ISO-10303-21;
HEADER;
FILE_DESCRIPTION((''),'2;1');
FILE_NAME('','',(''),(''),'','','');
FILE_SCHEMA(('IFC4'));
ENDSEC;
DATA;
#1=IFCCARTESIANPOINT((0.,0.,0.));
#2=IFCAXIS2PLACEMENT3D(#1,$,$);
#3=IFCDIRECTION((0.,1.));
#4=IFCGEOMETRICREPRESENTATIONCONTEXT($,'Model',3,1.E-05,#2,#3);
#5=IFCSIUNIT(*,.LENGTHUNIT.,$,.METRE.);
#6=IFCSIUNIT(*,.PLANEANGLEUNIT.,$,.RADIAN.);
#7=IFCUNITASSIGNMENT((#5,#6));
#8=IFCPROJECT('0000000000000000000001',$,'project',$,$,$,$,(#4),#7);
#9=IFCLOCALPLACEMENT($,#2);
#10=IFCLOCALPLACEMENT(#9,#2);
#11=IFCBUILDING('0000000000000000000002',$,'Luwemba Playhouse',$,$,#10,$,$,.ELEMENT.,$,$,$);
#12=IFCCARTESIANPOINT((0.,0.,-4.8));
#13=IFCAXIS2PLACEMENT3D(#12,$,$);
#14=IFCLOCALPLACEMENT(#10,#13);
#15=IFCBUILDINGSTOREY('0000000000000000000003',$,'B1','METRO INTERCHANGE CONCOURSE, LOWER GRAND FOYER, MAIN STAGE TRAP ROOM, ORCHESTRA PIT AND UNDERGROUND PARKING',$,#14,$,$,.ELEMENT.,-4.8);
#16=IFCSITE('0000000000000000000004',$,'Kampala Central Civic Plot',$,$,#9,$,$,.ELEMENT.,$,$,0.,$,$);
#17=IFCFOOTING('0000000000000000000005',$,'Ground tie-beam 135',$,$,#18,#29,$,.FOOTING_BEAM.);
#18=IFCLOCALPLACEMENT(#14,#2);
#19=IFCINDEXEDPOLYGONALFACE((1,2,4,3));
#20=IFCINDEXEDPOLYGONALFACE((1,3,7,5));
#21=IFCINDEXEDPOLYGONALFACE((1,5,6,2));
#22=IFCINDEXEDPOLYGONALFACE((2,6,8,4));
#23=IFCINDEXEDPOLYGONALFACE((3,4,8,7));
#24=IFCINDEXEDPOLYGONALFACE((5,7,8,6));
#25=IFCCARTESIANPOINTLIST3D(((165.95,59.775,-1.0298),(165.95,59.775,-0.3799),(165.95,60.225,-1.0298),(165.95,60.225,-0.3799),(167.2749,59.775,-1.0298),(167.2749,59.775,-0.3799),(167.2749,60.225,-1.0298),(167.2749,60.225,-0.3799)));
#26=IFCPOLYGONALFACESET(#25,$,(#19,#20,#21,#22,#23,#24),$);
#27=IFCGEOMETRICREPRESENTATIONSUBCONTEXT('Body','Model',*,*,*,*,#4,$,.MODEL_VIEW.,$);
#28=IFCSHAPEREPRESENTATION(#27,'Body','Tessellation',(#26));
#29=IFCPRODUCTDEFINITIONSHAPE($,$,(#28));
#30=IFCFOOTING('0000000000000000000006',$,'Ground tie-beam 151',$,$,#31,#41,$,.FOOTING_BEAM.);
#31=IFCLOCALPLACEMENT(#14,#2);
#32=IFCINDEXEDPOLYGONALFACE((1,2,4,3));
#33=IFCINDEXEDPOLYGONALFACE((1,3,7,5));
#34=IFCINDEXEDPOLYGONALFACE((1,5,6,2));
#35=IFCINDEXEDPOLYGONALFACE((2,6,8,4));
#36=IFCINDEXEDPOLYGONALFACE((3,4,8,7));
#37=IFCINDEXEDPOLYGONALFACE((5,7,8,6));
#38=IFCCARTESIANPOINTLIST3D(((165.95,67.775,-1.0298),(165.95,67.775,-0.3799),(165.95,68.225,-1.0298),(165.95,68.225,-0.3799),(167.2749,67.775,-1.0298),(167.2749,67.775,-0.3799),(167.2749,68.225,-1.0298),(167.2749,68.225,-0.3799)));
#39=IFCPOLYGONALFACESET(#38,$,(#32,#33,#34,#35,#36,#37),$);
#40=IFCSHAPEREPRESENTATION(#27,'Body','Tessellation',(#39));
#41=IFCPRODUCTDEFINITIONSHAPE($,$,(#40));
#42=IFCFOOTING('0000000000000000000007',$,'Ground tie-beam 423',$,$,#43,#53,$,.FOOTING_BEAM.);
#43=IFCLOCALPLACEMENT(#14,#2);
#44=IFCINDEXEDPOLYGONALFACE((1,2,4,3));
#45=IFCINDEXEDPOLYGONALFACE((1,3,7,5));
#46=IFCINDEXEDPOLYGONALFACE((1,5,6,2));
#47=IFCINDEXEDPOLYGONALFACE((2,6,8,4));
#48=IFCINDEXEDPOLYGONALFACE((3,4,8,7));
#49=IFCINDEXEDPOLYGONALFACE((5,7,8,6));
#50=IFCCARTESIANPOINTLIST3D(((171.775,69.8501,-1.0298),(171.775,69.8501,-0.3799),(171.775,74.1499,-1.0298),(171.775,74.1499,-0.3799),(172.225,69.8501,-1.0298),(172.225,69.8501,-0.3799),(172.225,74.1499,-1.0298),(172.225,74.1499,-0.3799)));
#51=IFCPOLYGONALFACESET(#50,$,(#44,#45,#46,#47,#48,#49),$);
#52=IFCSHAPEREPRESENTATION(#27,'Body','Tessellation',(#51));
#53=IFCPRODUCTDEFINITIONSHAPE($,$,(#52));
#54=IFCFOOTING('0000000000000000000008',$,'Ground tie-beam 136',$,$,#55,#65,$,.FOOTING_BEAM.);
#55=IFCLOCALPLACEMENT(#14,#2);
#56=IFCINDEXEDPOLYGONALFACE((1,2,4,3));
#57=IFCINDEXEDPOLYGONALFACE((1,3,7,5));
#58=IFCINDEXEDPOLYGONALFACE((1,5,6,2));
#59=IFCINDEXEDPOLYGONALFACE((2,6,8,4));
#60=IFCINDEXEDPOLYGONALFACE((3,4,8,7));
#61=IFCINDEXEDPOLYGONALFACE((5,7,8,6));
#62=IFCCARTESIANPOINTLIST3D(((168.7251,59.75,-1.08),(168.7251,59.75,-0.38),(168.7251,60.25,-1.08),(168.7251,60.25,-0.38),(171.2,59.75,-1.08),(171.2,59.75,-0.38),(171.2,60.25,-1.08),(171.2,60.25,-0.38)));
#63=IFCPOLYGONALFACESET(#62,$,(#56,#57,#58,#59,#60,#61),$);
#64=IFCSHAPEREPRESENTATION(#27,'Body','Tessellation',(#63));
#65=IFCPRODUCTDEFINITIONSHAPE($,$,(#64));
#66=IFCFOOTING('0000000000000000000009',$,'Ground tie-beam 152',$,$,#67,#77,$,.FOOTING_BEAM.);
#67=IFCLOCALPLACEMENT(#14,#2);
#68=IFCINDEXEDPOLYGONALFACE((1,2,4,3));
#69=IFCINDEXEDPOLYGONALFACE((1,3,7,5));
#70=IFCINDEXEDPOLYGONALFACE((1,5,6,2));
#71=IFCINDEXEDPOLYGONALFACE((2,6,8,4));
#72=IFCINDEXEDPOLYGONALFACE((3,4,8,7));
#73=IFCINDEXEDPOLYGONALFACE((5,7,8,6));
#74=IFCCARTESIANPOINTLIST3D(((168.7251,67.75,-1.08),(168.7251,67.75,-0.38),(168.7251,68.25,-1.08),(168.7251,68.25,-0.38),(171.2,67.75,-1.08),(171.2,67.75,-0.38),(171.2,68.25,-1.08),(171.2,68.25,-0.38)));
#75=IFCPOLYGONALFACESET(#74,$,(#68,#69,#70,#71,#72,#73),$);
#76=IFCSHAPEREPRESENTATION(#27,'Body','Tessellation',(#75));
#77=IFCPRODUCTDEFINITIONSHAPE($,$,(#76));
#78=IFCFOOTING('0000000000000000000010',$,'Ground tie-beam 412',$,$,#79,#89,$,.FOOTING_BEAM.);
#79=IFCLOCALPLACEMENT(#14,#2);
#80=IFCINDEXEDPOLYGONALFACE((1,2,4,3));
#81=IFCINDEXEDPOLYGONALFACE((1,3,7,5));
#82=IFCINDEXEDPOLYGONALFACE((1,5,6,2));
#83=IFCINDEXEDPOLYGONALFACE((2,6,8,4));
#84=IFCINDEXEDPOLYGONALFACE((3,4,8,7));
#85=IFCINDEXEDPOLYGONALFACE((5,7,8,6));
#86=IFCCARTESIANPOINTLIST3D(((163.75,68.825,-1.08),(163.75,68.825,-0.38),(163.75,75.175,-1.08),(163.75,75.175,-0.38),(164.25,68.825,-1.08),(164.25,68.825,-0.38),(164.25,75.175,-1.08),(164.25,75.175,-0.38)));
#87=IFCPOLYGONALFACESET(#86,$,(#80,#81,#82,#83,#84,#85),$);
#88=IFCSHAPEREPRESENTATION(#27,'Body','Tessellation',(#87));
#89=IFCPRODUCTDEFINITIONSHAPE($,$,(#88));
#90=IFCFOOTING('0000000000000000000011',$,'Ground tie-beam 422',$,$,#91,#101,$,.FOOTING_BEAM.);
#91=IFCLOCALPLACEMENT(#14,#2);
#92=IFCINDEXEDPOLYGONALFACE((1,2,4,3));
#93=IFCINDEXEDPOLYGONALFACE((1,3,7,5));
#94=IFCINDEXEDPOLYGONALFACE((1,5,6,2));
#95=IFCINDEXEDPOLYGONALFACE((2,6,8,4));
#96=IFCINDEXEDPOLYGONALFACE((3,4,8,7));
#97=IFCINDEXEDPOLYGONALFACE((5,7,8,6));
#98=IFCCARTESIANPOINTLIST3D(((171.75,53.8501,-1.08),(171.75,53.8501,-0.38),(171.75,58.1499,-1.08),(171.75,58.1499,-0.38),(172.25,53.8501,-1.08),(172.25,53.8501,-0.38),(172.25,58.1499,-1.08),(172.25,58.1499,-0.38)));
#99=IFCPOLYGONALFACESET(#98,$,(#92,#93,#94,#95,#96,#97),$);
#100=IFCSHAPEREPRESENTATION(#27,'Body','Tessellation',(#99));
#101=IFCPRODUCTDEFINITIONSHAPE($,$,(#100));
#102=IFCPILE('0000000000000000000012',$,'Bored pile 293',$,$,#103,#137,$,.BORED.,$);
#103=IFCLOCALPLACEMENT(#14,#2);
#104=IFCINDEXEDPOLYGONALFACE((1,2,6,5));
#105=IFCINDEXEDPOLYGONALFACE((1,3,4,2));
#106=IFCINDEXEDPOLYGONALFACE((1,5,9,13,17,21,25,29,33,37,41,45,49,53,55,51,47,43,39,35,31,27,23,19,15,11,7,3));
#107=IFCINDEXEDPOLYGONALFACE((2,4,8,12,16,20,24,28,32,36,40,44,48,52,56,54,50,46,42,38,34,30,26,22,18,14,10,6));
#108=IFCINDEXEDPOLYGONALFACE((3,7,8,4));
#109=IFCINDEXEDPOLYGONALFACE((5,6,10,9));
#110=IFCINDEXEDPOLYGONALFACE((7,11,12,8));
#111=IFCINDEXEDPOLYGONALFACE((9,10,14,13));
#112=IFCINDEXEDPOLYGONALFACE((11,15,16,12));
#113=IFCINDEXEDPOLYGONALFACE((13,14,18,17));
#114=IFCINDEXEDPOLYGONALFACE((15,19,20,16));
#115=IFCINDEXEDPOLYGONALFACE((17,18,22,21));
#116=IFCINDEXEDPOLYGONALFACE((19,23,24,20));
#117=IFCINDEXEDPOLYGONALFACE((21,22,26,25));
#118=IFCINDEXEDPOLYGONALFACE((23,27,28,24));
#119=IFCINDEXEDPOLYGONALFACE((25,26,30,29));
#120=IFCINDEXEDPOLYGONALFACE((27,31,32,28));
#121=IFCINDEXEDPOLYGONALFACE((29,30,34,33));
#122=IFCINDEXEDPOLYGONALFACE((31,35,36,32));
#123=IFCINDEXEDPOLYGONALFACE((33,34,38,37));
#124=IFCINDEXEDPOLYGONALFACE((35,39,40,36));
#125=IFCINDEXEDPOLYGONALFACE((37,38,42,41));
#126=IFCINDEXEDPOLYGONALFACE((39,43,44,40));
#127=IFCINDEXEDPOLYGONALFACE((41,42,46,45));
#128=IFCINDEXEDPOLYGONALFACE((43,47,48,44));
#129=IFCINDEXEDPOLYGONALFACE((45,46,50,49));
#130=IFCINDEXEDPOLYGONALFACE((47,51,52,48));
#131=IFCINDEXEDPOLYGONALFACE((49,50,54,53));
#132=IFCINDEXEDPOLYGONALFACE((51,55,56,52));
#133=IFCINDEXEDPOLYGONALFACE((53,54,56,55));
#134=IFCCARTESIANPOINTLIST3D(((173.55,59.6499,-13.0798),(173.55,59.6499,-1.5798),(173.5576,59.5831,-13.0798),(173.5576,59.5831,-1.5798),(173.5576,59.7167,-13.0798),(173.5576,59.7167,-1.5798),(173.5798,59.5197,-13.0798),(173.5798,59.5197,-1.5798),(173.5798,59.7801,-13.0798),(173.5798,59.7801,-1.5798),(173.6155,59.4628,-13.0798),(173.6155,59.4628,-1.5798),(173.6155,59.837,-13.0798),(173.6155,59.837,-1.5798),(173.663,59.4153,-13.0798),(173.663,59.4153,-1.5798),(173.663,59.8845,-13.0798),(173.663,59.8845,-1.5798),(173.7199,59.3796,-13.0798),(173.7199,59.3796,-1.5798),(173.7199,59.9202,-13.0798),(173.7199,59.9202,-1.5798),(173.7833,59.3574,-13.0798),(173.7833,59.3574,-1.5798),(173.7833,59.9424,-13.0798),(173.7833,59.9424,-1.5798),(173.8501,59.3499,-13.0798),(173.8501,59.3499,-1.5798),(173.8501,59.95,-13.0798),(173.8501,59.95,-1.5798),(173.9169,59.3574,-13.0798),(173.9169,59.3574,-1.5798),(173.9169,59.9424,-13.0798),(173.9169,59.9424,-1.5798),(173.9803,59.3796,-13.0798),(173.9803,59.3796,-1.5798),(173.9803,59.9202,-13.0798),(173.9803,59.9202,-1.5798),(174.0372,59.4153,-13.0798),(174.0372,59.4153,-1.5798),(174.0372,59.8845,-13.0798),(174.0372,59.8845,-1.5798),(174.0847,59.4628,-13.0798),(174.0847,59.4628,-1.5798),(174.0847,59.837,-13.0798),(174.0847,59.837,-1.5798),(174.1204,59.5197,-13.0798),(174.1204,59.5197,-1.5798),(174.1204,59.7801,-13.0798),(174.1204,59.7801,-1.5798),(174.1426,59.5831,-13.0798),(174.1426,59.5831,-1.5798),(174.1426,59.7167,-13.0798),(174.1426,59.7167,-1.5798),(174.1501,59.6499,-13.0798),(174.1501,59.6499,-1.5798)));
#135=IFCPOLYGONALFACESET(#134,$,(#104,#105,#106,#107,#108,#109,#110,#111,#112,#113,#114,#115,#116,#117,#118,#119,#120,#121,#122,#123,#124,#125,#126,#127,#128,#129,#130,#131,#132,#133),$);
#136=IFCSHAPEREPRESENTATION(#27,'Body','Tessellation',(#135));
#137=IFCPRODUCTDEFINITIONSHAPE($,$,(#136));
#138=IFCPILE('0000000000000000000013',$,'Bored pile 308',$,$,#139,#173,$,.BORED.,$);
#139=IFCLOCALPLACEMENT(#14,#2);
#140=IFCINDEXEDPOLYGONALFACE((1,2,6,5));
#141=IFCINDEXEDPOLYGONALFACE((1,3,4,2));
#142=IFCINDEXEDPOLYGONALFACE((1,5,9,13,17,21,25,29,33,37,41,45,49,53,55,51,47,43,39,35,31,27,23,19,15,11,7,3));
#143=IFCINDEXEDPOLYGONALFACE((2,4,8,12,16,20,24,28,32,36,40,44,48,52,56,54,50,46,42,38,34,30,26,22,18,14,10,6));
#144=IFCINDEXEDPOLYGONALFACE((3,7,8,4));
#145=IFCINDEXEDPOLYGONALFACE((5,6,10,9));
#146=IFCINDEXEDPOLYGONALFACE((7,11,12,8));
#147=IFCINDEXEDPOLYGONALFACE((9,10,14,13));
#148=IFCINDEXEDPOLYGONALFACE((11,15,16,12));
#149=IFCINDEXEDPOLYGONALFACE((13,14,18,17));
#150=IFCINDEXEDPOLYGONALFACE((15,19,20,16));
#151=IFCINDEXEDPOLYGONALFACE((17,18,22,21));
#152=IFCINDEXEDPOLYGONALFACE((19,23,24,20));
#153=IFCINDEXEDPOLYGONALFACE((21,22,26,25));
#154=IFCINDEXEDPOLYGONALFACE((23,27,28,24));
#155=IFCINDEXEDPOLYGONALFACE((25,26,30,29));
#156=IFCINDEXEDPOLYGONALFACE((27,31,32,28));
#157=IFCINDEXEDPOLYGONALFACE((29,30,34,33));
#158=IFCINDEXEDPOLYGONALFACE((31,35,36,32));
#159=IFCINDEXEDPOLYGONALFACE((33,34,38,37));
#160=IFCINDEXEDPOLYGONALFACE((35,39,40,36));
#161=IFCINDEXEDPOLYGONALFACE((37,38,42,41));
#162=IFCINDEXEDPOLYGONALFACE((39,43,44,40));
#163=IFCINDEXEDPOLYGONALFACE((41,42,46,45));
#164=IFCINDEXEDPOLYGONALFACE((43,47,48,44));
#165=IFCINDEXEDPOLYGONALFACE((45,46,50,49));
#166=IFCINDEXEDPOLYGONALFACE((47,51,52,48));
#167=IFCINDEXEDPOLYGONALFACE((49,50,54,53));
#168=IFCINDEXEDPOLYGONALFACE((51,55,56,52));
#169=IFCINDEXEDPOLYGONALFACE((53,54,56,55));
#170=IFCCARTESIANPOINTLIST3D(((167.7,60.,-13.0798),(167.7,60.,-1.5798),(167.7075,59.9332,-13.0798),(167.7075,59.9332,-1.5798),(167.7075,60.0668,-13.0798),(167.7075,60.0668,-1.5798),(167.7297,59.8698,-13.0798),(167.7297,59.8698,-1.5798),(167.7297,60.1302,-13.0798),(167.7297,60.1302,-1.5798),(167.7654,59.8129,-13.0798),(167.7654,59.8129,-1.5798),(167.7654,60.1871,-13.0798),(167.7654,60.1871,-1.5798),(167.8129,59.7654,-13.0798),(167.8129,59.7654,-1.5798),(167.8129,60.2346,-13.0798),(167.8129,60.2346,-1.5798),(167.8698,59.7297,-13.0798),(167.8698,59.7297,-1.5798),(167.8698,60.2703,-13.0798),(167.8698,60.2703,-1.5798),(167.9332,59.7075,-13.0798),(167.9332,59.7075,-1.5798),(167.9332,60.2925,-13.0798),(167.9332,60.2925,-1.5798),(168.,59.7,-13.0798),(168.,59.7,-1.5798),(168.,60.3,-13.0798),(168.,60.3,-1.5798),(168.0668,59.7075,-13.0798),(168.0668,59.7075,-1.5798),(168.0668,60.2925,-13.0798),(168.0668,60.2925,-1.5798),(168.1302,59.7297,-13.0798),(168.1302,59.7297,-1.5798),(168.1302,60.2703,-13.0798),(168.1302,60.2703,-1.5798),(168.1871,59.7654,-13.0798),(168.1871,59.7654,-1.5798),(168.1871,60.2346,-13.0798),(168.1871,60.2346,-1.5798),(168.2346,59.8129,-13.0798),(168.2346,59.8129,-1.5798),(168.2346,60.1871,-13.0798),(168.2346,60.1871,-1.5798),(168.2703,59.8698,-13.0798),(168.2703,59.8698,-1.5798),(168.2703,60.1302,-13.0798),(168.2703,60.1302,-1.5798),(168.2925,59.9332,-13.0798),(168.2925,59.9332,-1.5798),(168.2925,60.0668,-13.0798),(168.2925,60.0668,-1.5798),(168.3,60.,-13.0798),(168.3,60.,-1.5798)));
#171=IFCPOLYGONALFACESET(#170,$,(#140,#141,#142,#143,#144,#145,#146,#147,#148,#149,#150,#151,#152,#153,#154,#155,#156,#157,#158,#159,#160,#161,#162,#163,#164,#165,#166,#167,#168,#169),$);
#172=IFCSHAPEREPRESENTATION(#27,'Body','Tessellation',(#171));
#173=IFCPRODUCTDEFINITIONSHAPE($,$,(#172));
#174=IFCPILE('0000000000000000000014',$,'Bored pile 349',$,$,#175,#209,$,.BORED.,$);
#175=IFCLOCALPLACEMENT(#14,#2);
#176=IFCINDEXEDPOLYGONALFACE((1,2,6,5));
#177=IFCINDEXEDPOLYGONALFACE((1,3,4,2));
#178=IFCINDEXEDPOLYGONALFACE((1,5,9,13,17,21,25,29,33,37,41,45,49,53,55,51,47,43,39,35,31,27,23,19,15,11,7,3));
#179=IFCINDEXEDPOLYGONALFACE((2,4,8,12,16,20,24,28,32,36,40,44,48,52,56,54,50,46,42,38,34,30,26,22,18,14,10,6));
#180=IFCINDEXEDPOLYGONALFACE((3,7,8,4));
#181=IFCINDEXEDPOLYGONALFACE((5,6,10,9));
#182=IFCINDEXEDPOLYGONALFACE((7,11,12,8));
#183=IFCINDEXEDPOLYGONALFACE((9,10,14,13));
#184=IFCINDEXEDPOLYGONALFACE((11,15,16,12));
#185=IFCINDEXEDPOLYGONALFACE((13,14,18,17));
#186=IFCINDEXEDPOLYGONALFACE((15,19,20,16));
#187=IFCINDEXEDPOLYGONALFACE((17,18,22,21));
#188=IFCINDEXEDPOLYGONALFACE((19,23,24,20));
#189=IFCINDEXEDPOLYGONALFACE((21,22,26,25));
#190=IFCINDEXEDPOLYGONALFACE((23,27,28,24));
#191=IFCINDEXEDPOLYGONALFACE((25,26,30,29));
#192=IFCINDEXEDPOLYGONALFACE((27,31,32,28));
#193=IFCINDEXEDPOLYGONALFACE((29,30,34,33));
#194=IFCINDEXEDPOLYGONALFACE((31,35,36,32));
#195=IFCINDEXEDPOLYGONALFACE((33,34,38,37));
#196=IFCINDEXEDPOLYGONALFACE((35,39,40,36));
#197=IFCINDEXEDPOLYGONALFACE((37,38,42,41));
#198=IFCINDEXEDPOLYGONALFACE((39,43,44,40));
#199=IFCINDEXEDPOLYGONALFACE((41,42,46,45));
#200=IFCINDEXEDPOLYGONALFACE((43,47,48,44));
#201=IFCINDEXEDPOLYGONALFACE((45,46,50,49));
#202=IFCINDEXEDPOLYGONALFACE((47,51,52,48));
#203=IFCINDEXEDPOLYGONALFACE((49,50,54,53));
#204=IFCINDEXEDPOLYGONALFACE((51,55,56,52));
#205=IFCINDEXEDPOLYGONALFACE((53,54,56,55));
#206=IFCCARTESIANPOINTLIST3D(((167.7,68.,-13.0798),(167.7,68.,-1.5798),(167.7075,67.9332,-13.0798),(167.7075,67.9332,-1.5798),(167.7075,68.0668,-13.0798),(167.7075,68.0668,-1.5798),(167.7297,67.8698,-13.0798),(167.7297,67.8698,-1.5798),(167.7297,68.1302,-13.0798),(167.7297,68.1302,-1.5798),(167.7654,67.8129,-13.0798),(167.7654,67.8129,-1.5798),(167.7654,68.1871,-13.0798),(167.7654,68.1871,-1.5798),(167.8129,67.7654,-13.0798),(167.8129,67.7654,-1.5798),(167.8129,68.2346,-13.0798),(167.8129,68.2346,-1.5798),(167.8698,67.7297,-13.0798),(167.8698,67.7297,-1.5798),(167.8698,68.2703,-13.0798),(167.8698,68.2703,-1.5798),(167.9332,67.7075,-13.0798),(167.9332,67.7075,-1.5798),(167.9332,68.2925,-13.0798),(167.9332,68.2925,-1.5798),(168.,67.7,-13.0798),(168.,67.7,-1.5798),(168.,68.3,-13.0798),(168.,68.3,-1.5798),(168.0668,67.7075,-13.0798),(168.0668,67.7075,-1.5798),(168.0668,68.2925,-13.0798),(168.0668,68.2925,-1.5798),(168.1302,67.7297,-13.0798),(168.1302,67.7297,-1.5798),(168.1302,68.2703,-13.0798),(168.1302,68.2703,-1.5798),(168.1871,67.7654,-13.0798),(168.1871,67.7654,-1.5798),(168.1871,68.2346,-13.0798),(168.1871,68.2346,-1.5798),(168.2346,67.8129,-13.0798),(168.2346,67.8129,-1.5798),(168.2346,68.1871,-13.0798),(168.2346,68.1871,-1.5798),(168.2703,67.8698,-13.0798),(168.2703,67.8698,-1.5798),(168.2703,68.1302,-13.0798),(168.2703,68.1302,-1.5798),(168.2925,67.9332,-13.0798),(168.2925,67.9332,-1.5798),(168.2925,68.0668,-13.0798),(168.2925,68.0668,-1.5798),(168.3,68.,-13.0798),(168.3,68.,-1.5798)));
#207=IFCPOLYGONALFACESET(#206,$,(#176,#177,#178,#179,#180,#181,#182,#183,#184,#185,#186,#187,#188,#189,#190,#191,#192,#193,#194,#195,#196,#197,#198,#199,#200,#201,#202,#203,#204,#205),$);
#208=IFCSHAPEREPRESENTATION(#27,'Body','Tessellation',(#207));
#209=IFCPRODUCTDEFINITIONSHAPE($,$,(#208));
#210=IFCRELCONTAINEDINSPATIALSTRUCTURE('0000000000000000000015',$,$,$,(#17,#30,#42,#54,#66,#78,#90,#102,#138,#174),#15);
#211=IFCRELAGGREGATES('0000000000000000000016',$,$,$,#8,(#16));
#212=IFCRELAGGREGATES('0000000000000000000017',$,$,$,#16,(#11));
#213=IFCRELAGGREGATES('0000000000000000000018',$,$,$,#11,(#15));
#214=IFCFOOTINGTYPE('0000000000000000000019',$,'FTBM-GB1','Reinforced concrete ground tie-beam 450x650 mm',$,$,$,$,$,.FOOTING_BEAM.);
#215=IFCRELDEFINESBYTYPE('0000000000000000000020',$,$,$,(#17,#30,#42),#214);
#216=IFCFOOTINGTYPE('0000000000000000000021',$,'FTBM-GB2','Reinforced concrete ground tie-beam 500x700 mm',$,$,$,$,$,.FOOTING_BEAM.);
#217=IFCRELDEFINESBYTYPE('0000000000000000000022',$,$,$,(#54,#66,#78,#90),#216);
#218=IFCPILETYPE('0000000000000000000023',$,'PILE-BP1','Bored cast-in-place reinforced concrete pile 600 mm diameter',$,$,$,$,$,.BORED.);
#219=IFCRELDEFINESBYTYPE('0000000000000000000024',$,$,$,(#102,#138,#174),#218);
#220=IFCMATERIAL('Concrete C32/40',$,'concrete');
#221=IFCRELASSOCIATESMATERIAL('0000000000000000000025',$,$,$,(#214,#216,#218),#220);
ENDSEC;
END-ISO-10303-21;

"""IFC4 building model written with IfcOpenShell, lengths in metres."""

from ifc_helpers import new_model, si_unit, direction, frame, origin, origin_2d, place, context, subcontext, project, spatial, rectangle, circle, extrude, material, material_profile, profile_set, type_object, element, save


model = new_model("IFC4")

# Units and contexts
model_context = context("Model", 3, precision=1e-05, world=origin(), true_north=direction((0.0, 1.0)))
body_context = subcontext(model_context, "Body", "Model", "MODEL_VIEW")
ifc_project = project(units=[si_unit("LENGTHUNIT", "METRE"), si_unit("PLANEANGLEUNIT", "RADIAN")], contexts=[model_context])

# Site, building, storey
site_placement = place(None, origin())
site = spatial("IfcSite", under=ifc_project, at=site_placement, Name="Kampala Central Civic Plot", CompositionType="ELEMENT", RefElevation=0.0)
building_placement = place(site_placement, origin())
building = spatial("IfcBuilding", under=site, at=building_placement, Name="Luwemba Playhouse", CompositionType="ELEMENT")
storey_placement = place(building_placement, frame((0.0, 0.0, -4.8)))
storey = spatial("IfcBuildingStorey", under=building, at=storey_placement, Name="B1", Description="METRO INTERCHANGE CONCOURSE, LOWER GRAND FOYER, MAIN STAGE TRAP ROOM, ORCHESTRA PIT AND UNDERGROUND PARKING", CompositionType="ELEMENT", Elevation=-4.8)

# Footings
ifc_material_1 = material(Name="Concrete C32/40", Category="concrete")
ifc_material_profile_1 = material_profile(ifc_material_1, rectangle(XDim=0.45, YDim=0.6499, at=origin_2d()))
ifc_profile_set_1 = profile_set([ifc_material_profile_1], Name="Concrete C32/40")
footing_type_1 = type_object("IfcFootingType", Name="FTBM-GB1", Description="Reinforced concrete ground tie-beam 450x650 mm", PredefinedType="FOOTING_BEAM", material=ifc_profile_set_1)
for number, where, z_axis, x_axis, name in (
    (1, (165.95, 60.0, -0.7048), (1.0, 0.0, 0.0), (0.0, 1.0, 0.0), "Ground tie-beam 135"),
    (2, (165.95, 68.0, -0.7048), (1.0, 0.0, 0.0), (0.0, 1.0, 0.0), "Ground tie-beam 151"),
):
    element("IfcFooting", number, at=place(storey_placement, frame(where, z_axis=z_axis, x_axis=x_axis)), inside=storey, type_object=footing_type_1, Name=name, PredefinedType="FOOTING_BEAM", context=body_context, shape_type="SweptSolid", body=[
        extrude(rectangle(XDim=0.45, YDim=0.6499, at=origin_2d()), origin(), (0.0, 0.0, 1.0), 1.325),
    ])
footing_1_placement = place(storey_placement, frame((172.0, 69.8501, -0.7048), z_axis=(0.0, 1.0, 0.0), x_axis=(-1.0, 0.0, 0.0)))
element("IfcFooting", 3, at=footing_1_placement, inside=storey, type_object=footing_type_1, Name="Ground tie-beam 423", PredefinedType="FOOTING_BEAM", context=body_context, shape_type="SweptSolid", body=[
    extrude(rectangle(XDim=0.45, YDim=0.6499, at=origin_2d()), origin(), (0.0, 0.0, 1.0), 4.2998),
])
ifc_material_profile_2 = material_profile(ifc_material_1, rectangle(XDim=0.5, YDim=0.7, at=origin_2d()))
ifc_profile_set_2 = profile_set([ifc_material_profile_2], Name="Concrete C32/40")
footing_type_2 = type_object("IfcFootingType", Name="FTBM-GB2", Description="Reinforced concrete ground tie-beam 500x700 mm", PredefinedType="FOOTING_BEAM", material=ifc_profile_set_2)
for number, where, z_axis, x_axis, name in (
    (4, (168.7251, 60.0, -0.73), (1.0, 0.0, 0.0), (0.0, 1.0, 0.0), "Ground tie-beam 136"),
    (5, (168.7251, 68.0, -0.73), (1.0, 0.0, 0.0), (0.0, 1.0, 0.0), "Ground tie-beam 152"),
):
    element("IfcFooting", number, at=place(storey_placement, frame(where, z_axis=z_axis, x_axis=x_axis)), inside=storey, type_object=footing_type_2, Name=name, PredefinedType="FOOTING_BEAM", context=body_context, shape_type="SweptSolid", body=[
        extrude(rectangle(XDim=0.5, YDim=0.7, at=origin_2d()), origin(), (0.0, 0.0, 1.0), 2.4749),
    ])
footing_2_placement = place(storey_placement, frame((164.0, 68.825, -0.73), z_axis=(0.0, 1.0, 0.0), x_axis=(-1.0, 0.0, 0.0)))
element("IfcFooting", 6, at=footing_2_placement, inside=storey, type_object=footing_type_2, Name="Ground tie-beam 412", PredefinedType="FOOTING_BEAM", context=body_context, shape_type="SweptSolid", body=[
    extrude(rectangle(XDim=0.5, YDim=0.7, at=origin_2d()), origin(), (0.0, 0.0, 1.0), 6.3501),
])
footing_3_placement = place(storey_placement, frame((172.0, 53.8501, -0.73), z_axis=(0.0, 1.0, 0.0), x_axis=(-1.0, 0.0, 0.0)))
element("IfcFooting", 7, at=footing_3_placement, inside=storey, type_object=footing_type_2, Name="Ground tie-beam 422", PredefinedType="FOOTING_BEAM", context=body_context, shape_type="SweptSolid", body=[
    extrude(rectangle(XDim=0.5, YDim=0.7, at=origin_2d()), origin(), (0.0, 0.0, 1.0), 4.2998),
])

# Piles
ifc_material_profile_3 = material_profile(ifc_material_1, circle(Radius=0.3, at=origin_2d()))
ifc_profile_set_3 = profile_set([ifc_material_profile_3], Name="Concrete C32/40")
pile_type_1 = type_object("IfcPileType", Name="PILE-BP1", Description="Bored cast-in-place reinforced concrete pile 600 mm diameter", PredefinedType="BORED", material=ifc_profile_set_3)
for number, where, z_axis, x_axis, name in (
    (8, (173.8501, 59.6499, -1.5798), (0.0, 0.0, -1.0), (1.0, 0.0, 0.0), "Bored pile 293"),
    (9, (168.0, 60.0, -1.5798), (0.0, 0.0, -1.0), (1.0, 0.0, 0.0), "Bored pile 308"),
    (10, (168.0, 68.0, -1.5798), (0.0, 0.0, -1.0), (1.0, 0.0, 0.0), "Bored pile 349"),
):
    element("IfcPile", number, at=place(storey_placement, frame(where, z_axis=z_axis, x_axis=x_axis)), inside=storey, type_object=pile_type_1, Name=name, PredefinedType="BORED", context=body_context, shape_type="SweptSolid", body=[
        extrude(circle(Radius=0.3, at=origin_2d()), origin(), (0.0, 0.0, 1.0), 11.5),
    ])

save(model, "model.ifc")
